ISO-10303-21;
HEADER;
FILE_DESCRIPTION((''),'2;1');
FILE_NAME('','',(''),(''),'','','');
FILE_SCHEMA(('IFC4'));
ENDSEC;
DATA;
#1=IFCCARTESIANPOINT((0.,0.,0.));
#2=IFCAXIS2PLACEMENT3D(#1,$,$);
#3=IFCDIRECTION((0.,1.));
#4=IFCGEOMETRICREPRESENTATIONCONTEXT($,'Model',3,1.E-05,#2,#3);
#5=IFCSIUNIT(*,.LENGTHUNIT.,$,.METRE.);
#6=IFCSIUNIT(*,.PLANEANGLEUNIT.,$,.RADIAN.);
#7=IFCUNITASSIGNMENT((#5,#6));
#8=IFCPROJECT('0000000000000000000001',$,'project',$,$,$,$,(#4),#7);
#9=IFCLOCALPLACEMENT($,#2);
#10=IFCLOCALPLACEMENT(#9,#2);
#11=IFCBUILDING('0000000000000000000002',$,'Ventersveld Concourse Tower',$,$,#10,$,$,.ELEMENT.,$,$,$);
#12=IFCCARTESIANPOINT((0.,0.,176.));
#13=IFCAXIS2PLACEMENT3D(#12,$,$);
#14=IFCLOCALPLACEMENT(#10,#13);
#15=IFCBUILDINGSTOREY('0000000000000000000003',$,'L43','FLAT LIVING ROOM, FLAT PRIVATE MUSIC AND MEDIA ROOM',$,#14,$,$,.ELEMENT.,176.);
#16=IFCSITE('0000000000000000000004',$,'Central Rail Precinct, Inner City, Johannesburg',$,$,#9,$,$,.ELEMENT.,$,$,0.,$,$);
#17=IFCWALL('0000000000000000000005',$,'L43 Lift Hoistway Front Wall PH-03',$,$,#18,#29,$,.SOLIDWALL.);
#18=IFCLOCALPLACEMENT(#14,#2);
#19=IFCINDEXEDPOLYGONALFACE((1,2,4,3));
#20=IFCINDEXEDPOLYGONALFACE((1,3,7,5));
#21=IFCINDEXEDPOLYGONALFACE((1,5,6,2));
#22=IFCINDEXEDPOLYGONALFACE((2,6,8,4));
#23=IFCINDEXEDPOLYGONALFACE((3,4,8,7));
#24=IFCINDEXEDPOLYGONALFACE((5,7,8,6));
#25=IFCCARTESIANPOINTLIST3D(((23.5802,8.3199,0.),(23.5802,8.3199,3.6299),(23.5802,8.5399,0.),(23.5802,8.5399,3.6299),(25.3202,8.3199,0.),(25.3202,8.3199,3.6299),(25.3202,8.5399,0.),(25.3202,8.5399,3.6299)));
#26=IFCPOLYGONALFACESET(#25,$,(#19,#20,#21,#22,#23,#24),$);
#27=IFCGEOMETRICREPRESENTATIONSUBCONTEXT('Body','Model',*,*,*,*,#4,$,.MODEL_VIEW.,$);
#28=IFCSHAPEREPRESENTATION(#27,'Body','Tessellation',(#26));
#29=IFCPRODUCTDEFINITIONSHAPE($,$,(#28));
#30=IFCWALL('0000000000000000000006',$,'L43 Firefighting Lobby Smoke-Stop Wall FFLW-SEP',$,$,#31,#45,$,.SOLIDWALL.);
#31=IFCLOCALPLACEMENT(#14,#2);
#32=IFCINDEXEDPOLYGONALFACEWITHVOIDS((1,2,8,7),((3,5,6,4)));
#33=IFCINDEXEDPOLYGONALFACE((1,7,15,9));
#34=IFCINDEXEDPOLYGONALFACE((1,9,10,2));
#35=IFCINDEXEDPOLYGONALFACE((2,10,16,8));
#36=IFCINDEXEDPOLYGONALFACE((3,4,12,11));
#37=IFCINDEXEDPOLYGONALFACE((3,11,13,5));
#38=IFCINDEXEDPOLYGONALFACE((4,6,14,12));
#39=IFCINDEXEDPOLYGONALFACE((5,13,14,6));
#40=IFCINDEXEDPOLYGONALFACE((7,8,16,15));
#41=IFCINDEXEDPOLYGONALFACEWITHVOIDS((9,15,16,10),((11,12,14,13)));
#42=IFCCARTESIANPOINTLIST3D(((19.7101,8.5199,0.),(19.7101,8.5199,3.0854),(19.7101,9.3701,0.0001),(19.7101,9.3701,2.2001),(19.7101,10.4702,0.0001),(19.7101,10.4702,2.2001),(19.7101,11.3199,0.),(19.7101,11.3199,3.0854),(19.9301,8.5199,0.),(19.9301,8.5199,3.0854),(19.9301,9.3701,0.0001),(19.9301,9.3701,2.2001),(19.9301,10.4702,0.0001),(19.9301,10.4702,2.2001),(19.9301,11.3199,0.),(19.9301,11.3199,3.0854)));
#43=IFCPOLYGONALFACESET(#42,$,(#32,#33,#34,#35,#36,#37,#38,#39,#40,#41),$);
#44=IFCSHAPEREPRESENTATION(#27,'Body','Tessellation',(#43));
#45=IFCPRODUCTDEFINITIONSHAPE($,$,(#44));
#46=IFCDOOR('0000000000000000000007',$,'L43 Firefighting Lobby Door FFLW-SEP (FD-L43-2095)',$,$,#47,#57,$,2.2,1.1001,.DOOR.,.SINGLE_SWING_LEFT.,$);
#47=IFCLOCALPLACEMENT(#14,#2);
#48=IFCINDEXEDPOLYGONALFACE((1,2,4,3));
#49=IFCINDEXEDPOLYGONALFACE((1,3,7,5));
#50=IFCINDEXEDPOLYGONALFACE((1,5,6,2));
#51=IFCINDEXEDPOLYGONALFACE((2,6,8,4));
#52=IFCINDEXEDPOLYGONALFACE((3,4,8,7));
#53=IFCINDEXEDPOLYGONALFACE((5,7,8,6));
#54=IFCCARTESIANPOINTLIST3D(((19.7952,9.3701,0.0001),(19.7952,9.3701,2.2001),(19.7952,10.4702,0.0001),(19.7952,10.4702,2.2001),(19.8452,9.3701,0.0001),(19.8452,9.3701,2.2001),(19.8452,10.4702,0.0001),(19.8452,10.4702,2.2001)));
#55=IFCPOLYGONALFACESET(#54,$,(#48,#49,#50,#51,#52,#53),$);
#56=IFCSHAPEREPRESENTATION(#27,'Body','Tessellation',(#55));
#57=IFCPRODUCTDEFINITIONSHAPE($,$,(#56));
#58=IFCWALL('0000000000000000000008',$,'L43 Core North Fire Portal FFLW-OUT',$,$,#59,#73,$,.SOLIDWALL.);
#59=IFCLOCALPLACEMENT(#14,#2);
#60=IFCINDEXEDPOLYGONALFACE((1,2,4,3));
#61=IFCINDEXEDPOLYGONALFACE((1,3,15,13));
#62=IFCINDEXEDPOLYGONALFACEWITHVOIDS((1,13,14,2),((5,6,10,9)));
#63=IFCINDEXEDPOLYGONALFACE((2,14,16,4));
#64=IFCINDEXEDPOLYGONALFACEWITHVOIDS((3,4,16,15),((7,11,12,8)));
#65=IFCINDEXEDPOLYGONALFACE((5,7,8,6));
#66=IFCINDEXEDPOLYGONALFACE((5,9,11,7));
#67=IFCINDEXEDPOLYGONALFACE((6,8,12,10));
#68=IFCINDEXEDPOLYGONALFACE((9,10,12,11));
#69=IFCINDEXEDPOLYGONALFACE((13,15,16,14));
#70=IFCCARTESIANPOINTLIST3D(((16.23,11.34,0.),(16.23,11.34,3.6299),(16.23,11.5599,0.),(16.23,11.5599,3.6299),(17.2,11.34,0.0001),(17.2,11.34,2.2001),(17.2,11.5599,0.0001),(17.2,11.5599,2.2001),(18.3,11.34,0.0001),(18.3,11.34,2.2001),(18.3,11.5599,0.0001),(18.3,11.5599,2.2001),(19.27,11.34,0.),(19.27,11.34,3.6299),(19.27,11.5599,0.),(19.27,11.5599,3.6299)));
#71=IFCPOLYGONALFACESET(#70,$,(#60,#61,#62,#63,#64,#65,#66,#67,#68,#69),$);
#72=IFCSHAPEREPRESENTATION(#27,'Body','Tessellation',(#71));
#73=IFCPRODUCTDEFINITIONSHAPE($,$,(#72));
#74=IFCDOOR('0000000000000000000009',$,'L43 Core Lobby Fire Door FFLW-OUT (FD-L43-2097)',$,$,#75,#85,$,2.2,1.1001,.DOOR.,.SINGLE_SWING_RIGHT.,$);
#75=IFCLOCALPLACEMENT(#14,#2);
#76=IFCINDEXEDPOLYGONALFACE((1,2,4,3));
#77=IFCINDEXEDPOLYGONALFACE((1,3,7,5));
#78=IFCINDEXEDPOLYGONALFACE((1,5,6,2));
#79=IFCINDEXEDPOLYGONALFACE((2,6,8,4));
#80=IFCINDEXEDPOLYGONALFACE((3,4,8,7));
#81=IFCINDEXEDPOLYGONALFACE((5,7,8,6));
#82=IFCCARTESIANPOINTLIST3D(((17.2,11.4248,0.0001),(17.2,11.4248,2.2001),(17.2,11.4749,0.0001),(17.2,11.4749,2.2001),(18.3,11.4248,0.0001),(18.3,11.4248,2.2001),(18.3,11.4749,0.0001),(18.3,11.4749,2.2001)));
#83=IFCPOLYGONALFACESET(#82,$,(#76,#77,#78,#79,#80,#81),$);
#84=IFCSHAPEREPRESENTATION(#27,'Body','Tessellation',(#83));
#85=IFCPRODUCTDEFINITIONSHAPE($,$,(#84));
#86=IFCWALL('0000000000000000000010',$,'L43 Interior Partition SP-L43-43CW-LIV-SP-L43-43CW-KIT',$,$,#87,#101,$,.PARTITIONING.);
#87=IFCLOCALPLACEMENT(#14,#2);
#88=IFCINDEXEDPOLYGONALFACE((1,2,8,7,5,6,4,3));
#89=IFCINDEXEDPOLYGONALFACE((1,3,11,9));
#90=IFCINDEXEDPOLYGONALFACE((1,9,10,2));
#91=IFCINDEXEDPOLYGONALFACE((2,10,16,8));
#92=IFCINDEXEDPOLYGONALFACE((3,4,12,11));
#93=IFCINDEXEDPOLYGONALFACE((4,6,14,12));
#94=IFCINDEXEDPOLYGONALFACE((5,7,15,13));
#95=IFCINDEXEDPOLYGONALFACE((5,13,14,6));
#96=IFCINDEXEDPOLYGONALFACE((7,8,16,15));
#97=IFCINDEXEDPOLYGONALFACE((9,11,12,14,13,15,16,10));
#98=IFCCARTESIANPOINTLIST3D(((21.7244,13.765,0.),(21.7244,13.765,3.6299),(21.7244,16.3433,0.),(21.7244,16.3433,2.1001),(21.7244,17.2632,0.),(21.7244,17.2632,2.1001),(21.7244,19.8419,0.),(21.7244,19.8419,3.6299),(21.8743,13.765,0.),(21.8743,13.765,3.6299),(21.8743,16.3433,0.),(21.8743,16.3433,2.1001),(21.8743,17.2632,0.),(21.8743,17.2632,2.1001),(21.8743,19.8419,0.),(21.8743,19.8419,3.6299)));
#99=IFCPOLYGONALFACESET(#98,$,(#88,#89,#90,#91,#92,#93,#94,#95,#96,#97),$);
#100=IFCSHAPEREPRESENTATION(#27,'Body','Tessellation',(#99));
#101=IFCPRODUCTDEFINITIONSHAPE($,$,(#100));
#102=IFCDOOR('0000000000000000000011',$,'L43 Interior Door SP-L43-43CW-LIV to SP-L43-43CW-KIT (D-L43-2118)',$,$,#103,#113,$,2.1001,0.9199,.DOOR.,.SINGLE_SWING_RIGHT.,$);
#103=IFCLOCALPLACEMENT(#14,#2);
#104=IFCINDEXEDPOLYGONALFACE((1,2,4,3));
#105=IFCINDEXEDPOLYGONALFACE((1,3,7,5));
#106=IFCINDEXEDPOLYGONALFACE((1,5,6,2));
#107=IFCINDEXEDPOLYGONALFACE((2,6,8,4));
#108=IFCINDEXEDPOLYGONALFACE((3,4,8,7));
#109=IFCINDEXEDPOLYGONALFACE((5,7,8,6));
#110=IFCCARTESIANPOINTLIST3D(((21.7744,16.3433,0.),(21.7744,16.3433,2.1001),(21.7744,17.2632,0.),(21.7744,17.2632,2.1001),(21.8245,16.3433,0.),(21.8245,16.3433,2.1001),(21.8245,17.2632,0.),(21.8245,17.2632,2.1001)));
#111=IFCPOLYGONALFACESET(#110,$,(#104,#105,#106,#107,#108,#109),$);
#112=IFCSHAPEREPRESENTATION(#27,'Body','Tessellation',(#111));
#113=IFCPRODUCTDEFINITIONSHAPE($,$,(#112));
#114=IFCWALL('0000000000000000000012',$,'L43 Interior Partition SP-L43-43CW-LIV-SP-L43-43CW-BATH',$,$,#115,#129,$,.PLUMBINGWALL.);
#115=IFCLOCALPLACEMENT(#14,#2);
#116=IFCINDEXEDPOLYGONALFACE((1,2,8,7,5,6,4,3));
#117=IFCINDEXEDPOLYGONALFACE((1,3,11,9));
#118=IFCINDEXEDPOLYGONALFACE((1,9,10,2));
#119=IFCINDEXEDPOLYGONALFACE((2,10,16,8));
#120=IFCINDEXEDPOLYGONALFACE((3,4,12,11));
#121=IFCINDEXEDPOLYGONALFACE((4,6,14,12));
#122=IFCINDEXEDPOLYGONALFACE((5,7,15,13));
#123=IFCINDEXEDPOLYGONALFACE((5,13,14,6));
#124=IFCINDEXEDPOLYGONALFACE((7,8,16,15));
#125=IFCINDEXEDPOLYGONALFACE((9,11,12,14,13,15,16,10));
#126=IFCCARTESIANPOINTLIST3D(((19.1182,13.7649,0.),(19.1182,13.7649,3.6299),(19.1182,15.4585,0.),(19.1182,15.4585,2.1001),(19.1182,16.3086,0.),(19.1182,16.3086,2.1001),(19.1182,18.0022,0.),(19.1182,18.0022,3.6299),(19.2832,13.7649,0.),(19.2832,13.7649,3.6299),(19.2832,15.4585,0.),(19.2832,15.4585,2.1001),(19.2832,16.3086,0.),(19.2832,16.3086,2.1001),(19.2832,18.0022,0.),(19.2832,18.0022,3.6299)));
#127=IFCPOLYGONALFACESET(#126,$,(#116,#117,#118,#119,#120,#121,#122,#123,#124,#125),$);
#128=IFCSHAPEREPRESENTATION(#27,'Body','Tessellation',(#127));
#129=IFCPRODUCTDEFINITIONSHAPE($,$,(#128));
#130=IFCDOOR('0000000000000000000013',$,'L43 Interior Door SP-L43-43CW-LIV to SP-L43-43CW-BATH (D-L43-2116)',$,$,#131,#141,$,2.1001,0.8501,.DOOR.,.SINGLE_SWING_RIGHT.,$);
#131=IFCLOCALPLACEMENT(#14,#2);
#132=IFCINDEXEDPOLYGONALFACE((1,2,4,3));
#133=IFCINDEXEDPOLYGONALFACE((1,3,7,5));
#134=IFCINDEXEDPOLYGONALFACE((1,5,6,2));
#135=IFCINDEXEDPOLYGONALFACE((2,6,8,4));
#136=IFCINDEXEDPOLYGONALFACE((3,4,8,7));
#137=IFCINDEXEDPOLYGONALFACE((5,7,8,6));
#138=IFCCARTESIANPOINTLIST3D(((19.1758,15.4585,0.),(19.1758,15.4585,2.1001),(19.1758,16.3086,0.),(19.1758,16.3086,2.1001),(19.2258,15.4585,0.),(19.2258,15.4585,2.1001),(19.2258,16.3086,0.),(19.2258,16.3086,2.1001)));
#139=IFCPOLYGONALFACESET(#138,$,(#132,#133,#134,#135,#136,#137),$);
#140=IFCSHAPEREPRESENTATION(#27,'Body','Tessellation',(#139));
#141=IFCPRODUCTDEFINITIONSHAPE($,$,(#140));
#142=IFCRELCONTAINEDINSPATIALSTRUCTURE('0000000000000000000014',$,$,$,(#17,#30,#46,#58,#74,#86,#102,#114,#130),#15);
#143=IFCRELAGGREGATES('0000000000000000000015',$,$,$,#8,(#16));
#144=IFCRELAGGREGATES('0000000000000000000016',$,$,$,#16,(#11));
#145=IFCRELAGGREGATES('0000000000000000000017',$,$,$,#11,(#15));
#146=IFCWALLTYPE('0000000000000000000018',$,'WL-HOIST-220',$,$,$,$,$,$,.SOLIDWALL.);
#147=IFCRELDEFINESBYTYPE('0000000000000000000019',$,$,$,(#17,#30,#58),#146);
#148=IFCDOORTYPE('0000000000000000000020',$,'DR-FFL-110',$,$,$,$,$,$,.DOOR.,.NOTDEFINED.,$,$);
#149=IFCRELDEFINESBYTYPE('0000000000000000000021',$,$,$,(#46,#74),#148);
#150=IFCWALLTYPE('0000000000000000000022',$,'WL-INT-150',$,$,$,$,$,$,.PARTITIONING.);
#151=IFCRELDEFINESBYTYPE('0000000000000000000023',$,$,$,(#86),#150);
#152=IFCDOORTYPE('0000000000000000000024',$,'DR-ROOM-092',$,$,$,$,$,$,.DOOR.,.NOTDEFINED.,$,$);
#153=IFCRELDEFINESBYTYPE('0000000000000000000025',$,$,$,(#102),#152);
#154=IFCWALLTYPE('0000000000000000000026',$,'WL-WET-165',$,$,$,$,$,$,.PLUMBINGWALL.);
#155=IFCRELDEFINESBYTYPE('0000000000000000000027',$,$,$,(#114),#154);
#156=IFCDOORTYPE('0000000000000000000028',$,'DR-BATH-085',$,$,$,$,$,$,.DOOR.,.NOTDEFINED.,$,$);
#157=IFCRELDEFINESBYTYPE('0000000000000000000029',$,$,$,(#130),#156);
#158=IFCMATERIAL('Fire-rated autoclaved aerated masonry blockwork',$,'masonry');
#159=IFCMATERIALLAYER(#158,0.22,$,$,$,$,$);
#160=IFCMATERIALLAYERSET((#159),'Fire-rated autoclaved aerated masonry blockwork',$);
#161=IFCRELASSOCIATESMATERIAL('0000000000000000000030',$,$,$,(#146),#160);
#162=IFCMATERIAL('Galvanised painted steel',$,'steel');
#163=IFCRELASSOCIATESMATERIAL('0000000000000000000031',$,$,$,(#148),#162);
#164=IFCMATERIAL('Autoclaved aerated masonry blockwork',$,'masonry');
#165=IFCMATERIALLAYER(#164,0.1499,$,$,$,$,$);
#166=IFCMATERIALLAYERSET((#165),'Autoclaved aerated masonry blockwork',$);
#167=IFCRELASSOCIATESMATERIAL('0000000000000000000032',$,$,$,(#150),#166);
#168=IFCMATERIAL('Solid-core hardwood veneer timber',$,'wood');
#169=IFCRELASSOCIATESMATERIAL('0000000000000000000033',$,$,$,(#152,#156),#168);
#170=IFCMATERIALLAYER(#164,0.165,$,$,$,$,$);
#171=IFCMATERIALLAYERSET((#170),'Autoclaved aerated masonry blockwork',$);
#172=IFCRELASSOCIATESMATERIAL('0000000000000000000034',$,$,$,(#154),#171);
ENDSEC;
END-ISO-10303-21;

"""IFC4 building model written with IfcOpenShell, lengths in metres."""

from ifc_helpers import new_model, si_unit, direction, frame, frame_2d, origin, place, context, subcontext, project, spatial, rectangle, extrude, material, layer, layer_set, type_object, element, fill, save


model = new_model("IFC4")

# Units and contexts
model_context = context("Model", 3, precision=1e-05, world=origin(), true_north=direction((0.0, 1.0)))
body_context = subcontext(model_context, "Body", "Model", "MODEL_VIEW")
ifc_project = project(units=[si_unit("LENGTHUNIT", "METRE"), si_unit("PLANEANGLEUNIT", "RADIAN")], contexts=[model_context])

# Site, building, storey
site_placement = place(None, origin())
site = spatial("IfcSite", under=ifc_project, at=site_placement, Name="Central Rail Precinct, Inner City, Johannesburg", CompositionType="ELEMENT", RefElevation=0.0)
building_placement = place(site_placement, origin())
building = spatial("IfcBuilding", under=site, at=building_placement, Name="Ventersveld Concourse Tower", CompositionType="ELEMENT")
storey_placement = place(building_placement, frame((0.0, 0.0, 176.0)))
storey = spatial("IfcBuildingStorey", under=building, at=storey_placement, Name="L43", Description="FLAT LIVING ROOM, FLAT PRIVATE MUSIC AND MEDIA ROOM", CompositionType="ELEMENT", Elevation=176.0)

# Shared definitions
ifc_material_1 = material(Name="Fire-rated autoclaved aerated masonry blockwork", Category="masonry")

# Shared definitions
ifc_layer_1 = layer(ifc_material_1, 0.22)
ifc_layer_set_1 = layer_set([ifc_layer_1], Name="Fire-rated autoclaved aerated masonry blockwork")
wall_type_1 = type_object("IfcWallType", Name="WL-HOIST-220", PredefinedType="SOLIDWALL", material=ifc_layer_set_1)

# Wall
wall_1_placement = place(storey_placement, frame((23.5801, 8.4299, 0.0), z_axis=(0.0, 0.0, 1.0), x_axis=(1.0, 0.0, 0.0)))
element("IfcWall", 1, at=wall_1_placement, inside=storey, type_object=wall_type_1, Name="L43 Lift Hoistway Front Wall PH-03", PredefinedType="SOLIDWALL", context=body_context, shape_type="SweptSolid", body=[
    extrude(rectangle(XDim=1.74, YDim=0.22, at=frame_2d((0.8701, 0.0))), origin(), (0.0, 0.0, 1.0), 3.6299),
])

# Walls, openings, doors
wall_2_placement = place(storey_placement, frame((19.8201, 8.52, 0.0), z_axis=(0.0, 0.0, 1.0), x_axis=(0.0, 1.0, 0.0)))
wall_2 = element("IfcWall", 2, at=wall_2_placement, inside=storey, type_object=wall_type_1, Name="L43 Firefighting Lobby Smoke-Stop Wall FFLW-SEP", PredefinedType="SOLIDWALL", context=body_context, shape_type="SweptSolid", body=[
    extrude(rectangle(XDim=2.8, YDim=0.22, at=frame_2d((1.3999, 0.0))), origin(), (0.0, 0.0, 1.0), 3.0854),
])
opening_1_placement = place(wall_2_placement, frame((0.8501, 0.0, 0.0)))
opening_1 = element("IfcOpeningElement", 3, at=opening_1_placement, cuts=wall_2, PredefinedType="OPENING", context=body_context, shape_type="SweptSolid", body=[
    extrude(rectangle(XDim=1.1001, YDim=2.2, at=frame_2d((0.55, 1.1001))), frame((0.0, 0.1201, 0.0), z_axis=(0.0, -1.0, 0.0), x_axis=(1.0, 0.0, 0.0)), (0.0, 0.0, 1.0), 0.24),
])
ifc_material_2 = material(Name="Galvanised painted steel", Category="steel")
door_type_1 = type_object("IfcDoorType", Name="DR-FFL-110", OperationType="NOTDEFINED", PredefinedType="DOOR", material=ifc_material_2)
door_1_placement = place(opening_1_placement, origin())
door_1 = element("IfcDoor", 4, at=door_1_placement, inside=storey, type_object=door_type_1, Name="L43 Firefighting Lobby Door FFLW-SEP (FD-L43-2095)", OperationType="SINGLE_SWING_LEFT", OverallHeight=2.2, OverallWidth=1.1001, PredefinedType="DOOR", context=body_context, shape_type="SweptSolid", body=[
    extrude(rectangle(XDim=1.1001, YDim=2.2, at=frame_2d((0.55, 1.1001))), frame((0.0, 0.0249, 0.0), z_axis=(0.0, -1.0, 0.0), x_axis=(1.0, 0.0, 0.0)), (0.0, 0.0, 1.0), 0.05),
])
fill(opening_1, door_1)
wall_3_placement = place(storey_placement, frame((16.23, 11.45, 0.0), z_axis=(0.0, 0.0, 1.0), x_axis=(1.0, 0.0, 0.0)))
wall_3 = element("IfcWall", 5, at=wall_3_placement, inside=storey, type_object=wall_type_1, Name="L43 Core North Fire Portal FFLW-OUT", PredefinedType="SOLIDWALL", context=body_context, shape_type="SweptSolid", body=[
    extrude(rectangle(XDim=3.04, YDim=0.22, at=frame_2d((1.52, 0.0))), origin(), (0.0, 0.0, 1.0), 3.6299),
])
opening_2_placement = place(wall_3_placement, frame((0.97, 0.0, 0.0)))
opening_2 = element("IfcOpeningElement", 6, at=opening_2_placement, cuts=wall_3, PredefinedType="OPENING", context=body_context, shape_type="SweptSolid", body=[
    extrude(rectangle(XDim=1.1001, YDim=2.2, at=frame_2d((0.55, 1.1001))), frame((0.0, 0.1201, 0.0), z_axis=(0.0, -1.0, 0.0), x_axis=(1.0, 0.0, 0.0)), (0.0, 0.0, 1.0), 0.24),
])
door_2_placement = place(opening_2_placement, origin())
door_2 = element("IfcDoor", 7, at=door_2_placement, inside=storey, type_object=door_type_1, Name="L43 Core Lobby Fire Door FFLW-OUT (FD-L43-2097)", OperationType="SINGLE_SWING_RIGHT", OverallHeight=2.2, OverallWidth=1.1001, PredefinedType="DOOR", context=body_context, shape_type="SweptSolid", body=[
    extrude(rectangle(XDim=1.1001, YDim=2.2, at=frame_2d((0.55, 1.1001))), frame((0.0, 0.0249, 0.0), z_axis=(0.0, -1.0, 0.0), x_axis=(1.0, 0.0, 0.0)), (0.0, 0.0, 1.0), 0.05),
])
fill(opening_2, door_2)
ifc_material_3 = material(Name="Autoclaved aerated masonry blockwork", Category="masonry")
ifc_layer_2 = layer(ifc_material_3, 0.1499)
ifc_layer_set_2 = layer_set([ifc_layer_2], Name="Autoclaved aerated masonry blockwork")
wall_type_2 = type_object("IfcWallType", Name="WL-INT-150", PredefinedType="PARTITIONING", material=ifc_layer_set_2)
wall_4_placement = place(storey_placement, frame((21.7993, 13.7649, 0.0), z_axis=(0.0, 0.0, 1.0), x_axis=(0.0, 1.0, 0.0)))
wall_4 = element("IfcWall", 8, at=wall_4_placement, inside=storey, type_object=wall_type_2, Name="L43 Interior Partition SP-L43-43CW-LIV-SP-L43-43CW-KIT", PredefinedType="PARTITIONING", context=body_context, shape_type="SweptSolid", body=[
    extrude(rectangle(XDim=6.0769, YDim=0.1499, at=frame_2d((3.0386, 0.0))), origin(), (0.0, 0.0, 1.0), 3.6299),
])
opening_3_placement = place(wall_4_placement, frame((2.5784, 0.0, 0.0)))
opening_3 = element("IfcOpeningElement", 9, at=opening_3_placement, cuts=wall_4, PredefinedType="OPENING", context=body_context, shape_type="SweptSolid", body=[
    extrude(rectangle(XDim=0.9199, YDim=2.1001, at=frame_2d((0.46, 1.05))), frame((0.0, 0.085, 0.0), z_axis=(0.0, -1.0, 0.0), x_axis=(1.0, 0.0, 0.0)), (0.0, 0.0, 1.0), 0.1699),
])
ifc_material_4 = material(Name="Solid-core hardwood veneer timber", Category="wood")
door_type_2 = type_object("IfcDoorType", Name="DR-ROOM-092", OperationType="NOTDEFINED", PredefinedType="DOOR", material=ifc_material_4)
door_3_placement = place(opening_3_placement, origin())
door_3 = element("IfcDoor", 10, at=door_3_placement, inside=storey, type_object=door_type_2, Name="L43 Interior Door SP-L43-43CW-LIV to SP-L43-43CW-KIT (D-L43-2118)", OperationType="SINGLE_SWING_RIGHT", OverallHeight=2.1001, OverallWidth=0.9199, PredefinedType="DOOR", context=body_context, shape_type="SweptSolid", body=[
    extrude(rectangle(XDim=0.9199, YDim=2.1001, at=frame_2d((0.46, 1.05))), frame((0.0, 0.0249, 0.0), z_axis=(0.0, -1.0, 0.0), x_axis=(1.0, 0.0, 0.0)), (0.0, 0.0, 1.0), 0.05),
])
fill(opening_3, door_3)
ifc_layer_3 = layer(ifc_material_3, 0.165)
ifc_layer_set_3 = layer_set([ifc_layer_3], Name="Autoclaved aerated masonry blockwork")
wall_type_3 = type_object("IfcWallType", Name="WL-WET-165", PredefinedType="PLUMBINGWALL", material=ifc_layer_set_3)
wall_5_placement = place(storey_placement, frame((19.2007, 13.7649, 0.0), z_axis=(0.0, 0.0, 1.0), x_axis=(0.0, 1.0, 0.0)))
wall_5 = element("IfcWall", 11, at=wall_5_placement, inside=storey, type_object=wall_type_3, Name="L43 Interior Partition SP-L43-43CW-LIV-SP-L43-43CW-BATH", PredefinedType="PLUMBINGWALL", context=body_context, shape_type="SweptSolid", body=[
    extrude(rectangle(XDim=4.2373, YDim=0.165, at=frame_2d((2.1187, 0.0))), origin(), (0.0, 0.0, 1.0), 3.6299),
])
opening_4_placement = place(wall_5_placement, frame((1.6936, 0.0, 0.0)))
opening_4 = element("IfcOpeningElement", 12, at=opening_4_placement, cuts=wall_5, PredefinedType="OPENING", context=body_context, shape_type="SweptSolid", body=[
    extrude(rectangle(XDim=0.8501, YDim=2.1001, at=frame_2d((0.425, 1.05))), frame((0.0, 0.0925, 0.0), z_axis=(0.0, -1.0, 0.0), x_axis=(1.0, 0.0, 0.0)), (0.0, 0.0, 1.0), 0.1851),
])
door_type_3 = type_object("IfcDoorType", Name="DR-BATH-085", OperationType="NOTDEFINED", PredefinedType="DOOR", material=ifc_material_4)
door_4_placement = place(opening_4_placement, origin())
door_4 = element("IfcDoor", 13, at=door_4_placement, inside=storey, type_object=door_type_3, Name="L43 Interior Door SP-L43-43CW-LIV to SP-L43-43CW-BATH (D-L43-2116)", OperationType="SINGLE_SWING_RIGHT", OverallHeight=2.1001, OverallWidth=0.8501, PredefinedType="DOOR", context=body_context, shape_type="SweptSolid", body=[
    extrude(rectangle(XDim=0.8501, YDim=2.1001, at=frame_2d((0.425, 1.05))), frame((0.0, 0.0249, 0.0), z_axis=(0.0, -1.0, 0.0), x_axis=(1.0, 0.0, 0.0)), (0.0, 0.0, 1.0), 0.05),
])
fill(opening_4, door_4)

save(model, "model.ifc")
